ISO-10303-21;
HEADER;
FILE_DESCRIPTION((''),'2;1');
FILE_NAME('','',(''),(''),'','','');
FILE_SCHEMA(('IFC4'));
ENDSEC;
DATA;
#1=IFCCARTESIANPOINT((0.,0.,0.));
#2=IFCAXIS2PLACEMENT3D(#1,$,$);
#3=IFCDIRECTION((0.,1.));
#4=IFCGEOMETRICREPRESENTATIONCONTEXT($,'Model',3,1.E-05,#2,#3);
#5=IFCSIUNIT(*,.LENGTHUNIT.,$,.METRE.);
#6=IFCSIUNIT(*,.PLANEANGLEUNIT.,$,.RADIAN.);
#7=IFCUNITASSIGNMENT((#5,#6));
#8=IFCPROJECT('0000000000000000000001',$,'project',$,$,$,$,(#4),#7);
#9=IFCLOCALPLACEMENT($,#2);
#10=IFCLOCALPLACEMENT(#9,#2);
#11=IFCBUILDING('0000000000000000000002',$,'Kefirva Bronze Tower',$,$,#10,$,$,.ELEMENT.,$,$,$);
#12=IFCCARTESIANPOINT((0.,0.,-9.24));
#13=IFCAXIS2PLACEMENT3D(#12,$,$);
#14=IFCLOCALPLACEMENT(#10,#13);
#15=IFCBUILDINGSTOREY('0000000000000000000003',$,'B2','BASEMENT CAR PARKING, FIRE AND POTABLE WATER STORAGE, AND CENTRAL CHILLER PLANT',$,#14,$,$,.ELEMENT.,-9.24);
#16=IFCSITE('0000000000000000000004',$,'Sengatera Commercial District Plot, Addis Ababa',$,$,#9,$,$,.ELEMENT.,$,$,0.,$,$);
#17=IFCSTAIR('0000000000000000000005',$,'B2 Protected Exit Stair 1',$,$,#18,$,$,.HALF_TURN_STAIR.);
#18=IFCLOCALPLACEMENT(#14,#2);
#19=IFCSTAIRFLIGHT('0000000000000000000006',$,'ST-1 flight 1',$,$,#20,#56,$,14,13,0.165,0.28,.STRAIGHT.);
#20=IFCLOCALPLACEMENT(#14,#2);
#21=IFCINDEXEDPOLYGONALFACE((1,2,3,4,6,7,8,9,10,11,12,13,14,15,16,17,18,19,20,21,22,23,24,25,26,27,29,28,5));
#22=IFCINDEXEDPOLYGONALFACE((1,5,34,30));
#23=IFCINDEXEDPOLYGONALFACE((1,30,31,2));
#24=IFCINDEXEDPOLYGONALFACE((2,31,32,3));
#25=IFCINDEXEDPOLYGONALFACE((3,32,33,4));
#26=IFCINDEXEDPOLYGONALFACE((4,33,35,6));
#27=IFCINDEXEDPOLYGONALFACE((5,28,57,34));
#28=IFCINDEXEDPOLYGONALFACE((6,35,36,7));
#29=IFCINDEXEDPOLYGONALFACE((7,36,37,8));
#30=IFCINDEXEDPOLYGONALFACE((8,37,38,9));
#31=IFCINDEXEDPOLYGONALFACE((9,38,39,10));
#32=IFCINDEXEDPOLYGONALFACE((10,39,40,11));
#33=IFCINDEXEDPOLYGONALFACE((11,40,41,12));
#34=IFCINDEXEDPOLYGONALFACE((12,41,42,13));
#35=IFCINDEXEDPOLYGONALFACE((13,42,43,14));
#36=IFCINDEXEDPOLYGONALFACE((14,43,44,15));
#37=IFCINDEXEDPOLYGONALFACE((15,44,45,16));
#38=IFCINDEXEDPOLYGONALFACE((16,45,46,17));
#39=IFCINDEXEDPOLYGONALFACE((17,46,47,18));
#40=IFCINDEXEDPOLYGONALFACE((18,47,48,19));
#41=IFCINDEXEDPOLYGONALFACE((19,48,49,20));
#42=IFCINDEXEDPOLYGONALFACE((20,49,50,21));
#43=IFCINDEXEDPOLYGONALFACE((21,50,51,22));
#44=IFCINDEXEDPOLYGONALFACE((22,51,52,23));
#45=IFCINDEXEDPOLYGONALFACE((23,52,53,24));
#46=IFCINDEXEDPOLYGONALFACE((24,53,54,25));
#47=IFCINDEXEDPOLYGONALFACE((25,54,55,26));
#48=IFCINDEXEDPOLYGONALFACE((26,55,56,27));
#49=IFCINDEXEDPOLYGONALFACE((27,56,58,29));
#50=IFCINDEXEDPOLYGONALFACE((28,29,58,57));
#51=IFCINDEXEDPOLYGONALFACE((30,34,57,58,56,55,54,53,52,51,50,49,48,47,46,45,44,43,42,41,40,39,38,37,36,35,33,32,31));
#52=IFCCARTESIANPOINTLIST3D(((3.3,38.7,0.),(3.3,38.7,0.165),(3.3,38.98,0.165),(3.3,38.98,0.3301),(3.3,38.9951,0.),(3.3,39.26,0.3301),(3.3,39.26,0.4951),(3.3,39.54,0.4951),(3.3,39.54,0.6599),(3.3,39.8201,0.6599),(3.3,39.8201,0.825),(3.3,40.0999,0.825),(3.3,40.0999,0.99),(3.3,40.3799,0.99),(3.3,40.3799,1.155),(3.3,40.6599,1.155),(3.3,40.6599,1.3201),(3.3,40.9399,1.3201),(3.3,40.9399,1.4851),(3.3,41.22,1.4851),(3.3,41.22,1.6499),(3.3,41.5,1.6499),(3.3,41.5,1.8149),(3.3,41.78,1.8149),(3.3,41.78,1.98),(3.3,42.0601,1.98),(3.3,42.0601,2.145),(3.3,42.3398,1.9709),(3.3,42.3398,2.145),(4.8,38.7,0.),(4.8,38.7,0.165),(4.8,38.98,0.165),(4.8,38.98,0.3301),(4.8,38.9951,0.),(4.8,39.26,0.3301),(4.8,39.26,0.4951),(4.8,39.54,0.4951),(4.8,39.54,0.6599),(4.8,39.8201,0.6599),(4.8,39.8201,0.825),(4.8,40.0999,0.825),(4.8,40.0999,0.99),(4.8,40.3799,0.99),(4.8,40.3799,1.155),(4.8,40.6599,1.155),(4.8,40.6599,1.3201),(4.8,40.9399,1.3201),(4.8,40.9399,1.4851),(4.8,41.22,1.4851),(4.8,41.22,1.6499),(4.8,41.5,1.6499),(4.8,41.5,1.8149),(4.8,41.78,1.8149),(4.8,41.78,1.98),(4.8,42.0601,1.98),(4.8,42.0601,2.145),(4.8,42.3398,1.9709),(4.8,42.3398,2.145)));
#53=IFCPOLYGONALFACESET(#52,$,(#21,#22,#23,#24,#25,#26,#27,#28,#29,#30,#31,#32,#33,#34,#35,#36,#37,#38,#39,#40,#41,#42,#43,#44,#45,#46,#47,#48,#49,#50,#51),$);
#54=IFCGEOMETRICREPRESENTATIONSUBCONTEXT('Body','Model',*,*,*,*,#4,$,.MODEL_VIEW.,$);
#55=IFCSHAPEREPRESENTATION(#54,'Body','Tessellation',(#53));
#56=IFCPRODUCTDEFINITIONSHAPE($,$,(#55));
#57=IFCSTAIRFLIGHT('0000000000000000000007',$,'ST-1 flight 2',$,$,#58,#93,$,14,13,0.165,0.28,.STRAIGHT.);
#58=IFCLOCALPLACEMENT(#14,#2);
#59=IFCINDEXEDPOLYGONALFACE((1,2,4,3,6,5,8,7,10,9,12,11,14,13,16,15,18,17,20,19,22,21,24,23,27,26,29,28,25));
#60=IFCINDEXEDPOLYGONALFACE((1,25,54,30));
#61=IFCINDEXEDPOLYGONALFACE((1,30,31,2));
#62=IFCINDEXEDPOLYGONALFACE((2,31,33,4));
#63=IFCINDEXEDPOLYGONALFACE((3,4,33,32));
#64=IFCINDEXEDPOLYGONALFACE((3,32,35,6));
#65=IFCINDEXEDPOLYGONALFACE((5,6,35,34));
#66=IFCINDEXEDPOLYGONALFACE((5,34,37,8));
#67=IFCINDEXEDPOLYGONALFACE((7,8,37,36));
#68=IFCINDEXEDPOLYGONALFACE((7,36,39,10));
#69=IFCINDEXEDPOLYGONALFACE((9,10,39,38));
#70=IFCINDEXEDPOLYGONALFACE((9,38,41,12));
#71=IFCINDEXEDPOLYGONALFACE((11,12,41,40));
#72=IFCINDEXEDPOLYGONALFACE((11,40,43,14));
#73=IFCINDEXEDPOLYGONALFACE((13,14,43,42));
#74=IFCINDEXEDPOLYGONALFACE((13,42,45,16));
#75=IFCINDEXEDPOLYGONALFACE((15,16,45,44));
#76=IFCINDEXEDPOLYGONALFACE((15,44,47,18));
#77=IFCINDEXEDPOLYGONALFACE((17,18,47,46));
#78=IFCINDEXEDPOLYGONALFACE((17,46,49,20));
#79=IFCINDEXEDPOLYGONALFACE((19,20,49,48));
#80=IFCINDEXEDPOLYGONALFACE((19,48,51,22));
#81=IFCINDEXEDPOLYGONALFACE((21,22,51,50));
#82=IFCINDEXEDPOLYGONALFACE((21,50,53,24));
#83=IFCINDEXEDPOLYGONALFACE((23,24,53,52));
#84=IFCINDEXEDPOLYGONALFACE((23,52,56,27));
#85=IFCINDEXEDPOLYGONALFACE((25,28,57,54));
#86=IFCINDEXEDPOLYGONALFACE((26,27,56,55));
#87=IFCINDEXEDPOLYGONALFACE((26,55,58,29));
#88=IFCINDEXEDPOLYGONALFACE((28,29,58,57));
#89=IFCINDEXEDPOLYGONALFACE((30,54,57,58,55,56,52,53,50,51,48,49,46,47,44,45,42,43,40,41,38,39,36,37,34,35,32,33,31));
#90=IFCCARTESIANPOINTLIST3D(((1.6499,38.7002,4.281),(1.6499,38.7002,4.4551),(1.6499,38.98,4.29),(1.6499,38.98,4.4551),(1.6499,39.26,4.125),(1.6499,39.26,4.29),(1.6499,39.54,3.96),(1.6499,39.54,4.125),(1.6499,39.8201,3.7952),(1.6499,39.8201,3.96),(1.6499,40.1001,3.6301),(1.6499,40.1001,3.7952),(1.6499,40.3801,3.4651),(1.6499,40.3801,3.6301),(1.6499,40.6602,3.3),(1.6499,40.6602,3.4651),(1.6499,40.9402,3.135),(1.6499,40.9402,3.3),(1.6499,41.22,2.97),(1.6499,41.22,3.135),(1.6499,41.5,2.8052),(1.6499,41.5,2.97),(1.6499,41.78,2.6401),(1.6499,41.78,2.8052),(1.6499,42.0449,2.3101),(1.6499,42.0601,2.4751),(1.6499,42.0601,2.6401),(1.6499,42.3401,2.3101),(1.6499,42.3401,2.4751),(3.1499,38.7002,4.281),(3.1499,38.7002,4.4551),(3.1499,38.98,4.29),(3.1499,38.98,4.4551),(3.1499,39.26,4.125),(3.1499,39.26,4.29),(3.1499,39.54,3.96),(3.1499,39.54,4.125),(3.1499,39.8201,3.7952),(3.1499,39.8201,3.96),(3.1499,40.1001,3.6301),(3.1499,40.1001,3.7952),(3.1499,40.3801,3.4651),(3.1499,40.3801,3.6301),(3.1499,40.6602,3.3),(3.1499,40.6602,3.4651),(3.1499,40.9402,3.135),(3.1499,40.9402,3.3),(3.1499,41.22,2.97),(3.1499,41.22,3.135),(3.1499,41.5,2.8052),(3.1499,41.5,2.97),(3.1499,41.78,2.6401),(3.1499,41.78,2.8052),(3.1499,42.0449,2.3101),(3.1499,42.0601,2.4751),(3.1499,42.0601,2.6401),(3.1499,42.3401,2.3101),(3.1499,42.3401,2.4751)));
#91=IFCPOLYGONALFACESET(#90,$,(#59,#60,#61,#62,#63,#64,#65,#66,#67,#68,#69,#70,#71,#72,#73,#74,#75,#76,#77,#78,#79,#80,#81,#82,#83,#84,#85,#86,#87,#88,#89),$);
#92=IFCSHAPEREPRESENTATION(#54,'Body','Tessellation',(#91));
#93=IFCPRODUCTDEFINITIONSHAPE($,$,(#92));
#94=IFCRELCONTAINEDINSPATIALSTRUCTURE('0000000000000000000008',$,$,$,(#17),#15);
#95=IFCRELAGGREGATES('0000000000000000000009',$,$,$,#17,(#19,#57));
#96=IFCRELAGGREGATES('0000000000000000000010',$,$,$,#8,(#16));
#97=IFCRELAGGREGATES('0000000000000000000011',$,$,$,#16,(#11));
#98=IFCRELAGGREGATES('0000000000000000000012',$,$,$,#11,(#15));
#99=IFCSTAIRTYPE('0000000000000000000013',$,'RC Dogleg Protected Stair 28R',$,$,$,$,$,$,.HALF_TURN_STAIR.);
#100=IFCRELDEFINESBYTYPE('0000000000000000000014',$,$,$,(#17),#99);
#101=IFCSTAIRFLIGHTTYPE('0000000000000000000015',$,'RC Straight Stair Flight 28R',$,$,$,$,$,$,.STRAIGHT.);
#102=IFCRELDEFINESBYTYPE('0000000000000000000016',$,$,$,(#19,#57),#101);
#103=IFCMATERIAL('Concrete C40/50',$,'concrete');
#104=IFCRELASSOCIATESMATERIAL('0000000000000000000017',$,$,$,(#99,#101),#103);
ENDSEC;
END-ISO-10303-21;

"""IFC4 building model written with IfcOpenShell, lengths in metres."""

from ifc_helpers import new_model, si_unit, direction, frame, origin, place, context, subcontext, project, spatial, polyline, outline, extrude, material, type_object, element, aggregate, save


model = new_model("IFC4")

# Units and contexts
model_context = context("Model", 3, precision=1e-05, world=origin(), true_north=direction((0.0, 1.0)))
body_context = subcontext(model_context, "Body", "Model", "MODEL_VIEW")
ifc_project = project(units=[si_unit("LENGTHUNIT", "METRE"), si_unit("PLANEANGLEUNIT", "RADIAN")], contexts=[model_context])

# Site, building, storey
site_placement = place(None, origin())
site = spatial("IfcSite", under=ifc_project, at=site_placement, Name="Sengatera Commercial District Plot, Addis Ababa", CompositionType="ELEMENT", RefElevation=0.0)
building_placement = place(site_placement, origin())
building = spatial("IfcBuilding", under=site, at=building_placement, Name="Kefirva Bronze Tower", CompositionType="ELEMENT")
storey_placement = place(building_placement, frame((0.0, 0.0, -9.24)))
storey = spatial("IfcBuildingStorey", under=building, at=storey_placement, Name="B2", Description="BASEMENT CAR PARKING, FIRE AND POTABLE WATER STORAGE, AND CENTRAL CHILLER PLANT", CompositionType="ELEMENT", Elevation=-9.24)

# Stair, stair flights
ifc_material_1 = material(Name="Concrete C40/50", Category="concrete")
stair_type = type_object("IfcStairType", Name="RC Dogleg Protected Stair 28R", PredefinedType="HALF_TURN_STAIR", material=ifc_material_1)
stair_placement = place(storey_placement, origin())
stair = element("IfcStair", 1, at=stair_placement, inside=storey, type_object=stair_type, Name="B2 Protected Exit Stair 1", PredefinedType="HALF_TURN_STAIR")
stair_flight_type = type_object("IfcStairFlightType", Name="RC Straight Stair Flight 28R", PredefinedType="STRAIGHT", material=ifc_material_1)
stair_flight_1_placement = place(storey_placement, frame((4.05, 38.7, 0.0), z_axis=(0.0, 0.0, 1.0), x_axis=(0.0, 1.0, 0.0)))
stair_flight_1 = element("IfcStairFlight", 2, at=stair_flight_1_placement, type_object=stair_flight_type, Name="ST-1 flight 1", NumberOfRisers=14, NumberOfTreads=13, PredefinedType="STRAIGHT", RiserHeight=0.165, TreadLength=0.28, context=body_context, shape_type="SweptSolid", body=[
    extrude(outline(polyline([(0.0, 0.0), (0.0, 0.165), (0.28, 0.165), (0.28, 0.3301), (0.5601, 0.3301), (0.5601, 0.4951), (0.8401, 0.4951), (0.8401, 0.6599), (1.1201, 0.6599), (1.1201, 0.825), (1.3999, 0.825), (1.3999, 0.99), (1.6799, 0.99), (1.6799, 1.155), (1.96, 1.155), (1.96, 1.3201), (2.24, 1.3201), (2.24, 1.4851), (2.52, 1.4851), (2.52, 1.6499), (2.8, 1.6499), (2.8, 1.8149), (3.0801, 1.8149), (3.0801, 1.98), (3.3601, 1.98), (3.3601, 2.145), (3.6399, 2.145), (3.6399, 2.3101), (3.6399, 1.9709), (0.2952, 0.0), (0.0, 0.0)])), frame((0.0, 0.75, 0.0), z_axis=(0.0, -1.0, 0.0), x_axis=(1.0, 0.0, 0.0)), (0.0, 0.0, 1.0), 1.5),
])
stair_flight_2_placement = place(storey_placement, frame((2.3999, 42.3401, 2.3101), z_axis=(0.0, 0.0, 1.0), x_axis=(0.0, -1.0, 0.0)))
stair_flight_2 = element("IfcStairFlight", 3, at=stair_flight_2_placement, type_object=stair_flight_type, Name="ST-1 flight 2", NumberOfRisers=14, NumberOfTreads=13, PredefinedType="STRAIGHT", RiserHeight=0.165, TreadLength=0.28, context=body_context, shape_type="SweptSolid", body=[
    extrude(outline(polyline([(0.0, 0.0), (0.0, 0.165), (0.28, 0.165), (0.28, 0.3301), (0.5601, 0.3301), (0.5601, 0.4951), (0.8401, 0.4951), (0.8401, 0.6599), (1.1201, 0.6599), (1.1201, 0.825), (1.3999, 0.825), (1.3999, 0.99), (1.6799, 0.99), (1.6799, 1.155), (1.96, 1.155), (1.96, 1.3201), (2.24, 1.3201), (2.24, 1.4851), (2.52, 1.4851), (2.52, 1.6499), (2.8, 1.6499), (2.8, 1.8149), (3.0801, 1.8149), (3.0801, 1.98), (3.3601, 1.98), (3.3601, 2.145), (3.6399, 2.145), (3.6399, 2.3101), (3.6399, 1.9709), (0.2952, 0.0), (0.0, 0.0)])), frame((0.0, 0.75, 0.0), z_axis=(0.0, -1.0, 0.0), x_axis=(1.0, 0.0, 0.0)), (0.0, 0.0, 1.0), 1.5),
])
aggregate(stair, [stair_flight_1, stair_flight_2])

save(model, "model.ifc")
